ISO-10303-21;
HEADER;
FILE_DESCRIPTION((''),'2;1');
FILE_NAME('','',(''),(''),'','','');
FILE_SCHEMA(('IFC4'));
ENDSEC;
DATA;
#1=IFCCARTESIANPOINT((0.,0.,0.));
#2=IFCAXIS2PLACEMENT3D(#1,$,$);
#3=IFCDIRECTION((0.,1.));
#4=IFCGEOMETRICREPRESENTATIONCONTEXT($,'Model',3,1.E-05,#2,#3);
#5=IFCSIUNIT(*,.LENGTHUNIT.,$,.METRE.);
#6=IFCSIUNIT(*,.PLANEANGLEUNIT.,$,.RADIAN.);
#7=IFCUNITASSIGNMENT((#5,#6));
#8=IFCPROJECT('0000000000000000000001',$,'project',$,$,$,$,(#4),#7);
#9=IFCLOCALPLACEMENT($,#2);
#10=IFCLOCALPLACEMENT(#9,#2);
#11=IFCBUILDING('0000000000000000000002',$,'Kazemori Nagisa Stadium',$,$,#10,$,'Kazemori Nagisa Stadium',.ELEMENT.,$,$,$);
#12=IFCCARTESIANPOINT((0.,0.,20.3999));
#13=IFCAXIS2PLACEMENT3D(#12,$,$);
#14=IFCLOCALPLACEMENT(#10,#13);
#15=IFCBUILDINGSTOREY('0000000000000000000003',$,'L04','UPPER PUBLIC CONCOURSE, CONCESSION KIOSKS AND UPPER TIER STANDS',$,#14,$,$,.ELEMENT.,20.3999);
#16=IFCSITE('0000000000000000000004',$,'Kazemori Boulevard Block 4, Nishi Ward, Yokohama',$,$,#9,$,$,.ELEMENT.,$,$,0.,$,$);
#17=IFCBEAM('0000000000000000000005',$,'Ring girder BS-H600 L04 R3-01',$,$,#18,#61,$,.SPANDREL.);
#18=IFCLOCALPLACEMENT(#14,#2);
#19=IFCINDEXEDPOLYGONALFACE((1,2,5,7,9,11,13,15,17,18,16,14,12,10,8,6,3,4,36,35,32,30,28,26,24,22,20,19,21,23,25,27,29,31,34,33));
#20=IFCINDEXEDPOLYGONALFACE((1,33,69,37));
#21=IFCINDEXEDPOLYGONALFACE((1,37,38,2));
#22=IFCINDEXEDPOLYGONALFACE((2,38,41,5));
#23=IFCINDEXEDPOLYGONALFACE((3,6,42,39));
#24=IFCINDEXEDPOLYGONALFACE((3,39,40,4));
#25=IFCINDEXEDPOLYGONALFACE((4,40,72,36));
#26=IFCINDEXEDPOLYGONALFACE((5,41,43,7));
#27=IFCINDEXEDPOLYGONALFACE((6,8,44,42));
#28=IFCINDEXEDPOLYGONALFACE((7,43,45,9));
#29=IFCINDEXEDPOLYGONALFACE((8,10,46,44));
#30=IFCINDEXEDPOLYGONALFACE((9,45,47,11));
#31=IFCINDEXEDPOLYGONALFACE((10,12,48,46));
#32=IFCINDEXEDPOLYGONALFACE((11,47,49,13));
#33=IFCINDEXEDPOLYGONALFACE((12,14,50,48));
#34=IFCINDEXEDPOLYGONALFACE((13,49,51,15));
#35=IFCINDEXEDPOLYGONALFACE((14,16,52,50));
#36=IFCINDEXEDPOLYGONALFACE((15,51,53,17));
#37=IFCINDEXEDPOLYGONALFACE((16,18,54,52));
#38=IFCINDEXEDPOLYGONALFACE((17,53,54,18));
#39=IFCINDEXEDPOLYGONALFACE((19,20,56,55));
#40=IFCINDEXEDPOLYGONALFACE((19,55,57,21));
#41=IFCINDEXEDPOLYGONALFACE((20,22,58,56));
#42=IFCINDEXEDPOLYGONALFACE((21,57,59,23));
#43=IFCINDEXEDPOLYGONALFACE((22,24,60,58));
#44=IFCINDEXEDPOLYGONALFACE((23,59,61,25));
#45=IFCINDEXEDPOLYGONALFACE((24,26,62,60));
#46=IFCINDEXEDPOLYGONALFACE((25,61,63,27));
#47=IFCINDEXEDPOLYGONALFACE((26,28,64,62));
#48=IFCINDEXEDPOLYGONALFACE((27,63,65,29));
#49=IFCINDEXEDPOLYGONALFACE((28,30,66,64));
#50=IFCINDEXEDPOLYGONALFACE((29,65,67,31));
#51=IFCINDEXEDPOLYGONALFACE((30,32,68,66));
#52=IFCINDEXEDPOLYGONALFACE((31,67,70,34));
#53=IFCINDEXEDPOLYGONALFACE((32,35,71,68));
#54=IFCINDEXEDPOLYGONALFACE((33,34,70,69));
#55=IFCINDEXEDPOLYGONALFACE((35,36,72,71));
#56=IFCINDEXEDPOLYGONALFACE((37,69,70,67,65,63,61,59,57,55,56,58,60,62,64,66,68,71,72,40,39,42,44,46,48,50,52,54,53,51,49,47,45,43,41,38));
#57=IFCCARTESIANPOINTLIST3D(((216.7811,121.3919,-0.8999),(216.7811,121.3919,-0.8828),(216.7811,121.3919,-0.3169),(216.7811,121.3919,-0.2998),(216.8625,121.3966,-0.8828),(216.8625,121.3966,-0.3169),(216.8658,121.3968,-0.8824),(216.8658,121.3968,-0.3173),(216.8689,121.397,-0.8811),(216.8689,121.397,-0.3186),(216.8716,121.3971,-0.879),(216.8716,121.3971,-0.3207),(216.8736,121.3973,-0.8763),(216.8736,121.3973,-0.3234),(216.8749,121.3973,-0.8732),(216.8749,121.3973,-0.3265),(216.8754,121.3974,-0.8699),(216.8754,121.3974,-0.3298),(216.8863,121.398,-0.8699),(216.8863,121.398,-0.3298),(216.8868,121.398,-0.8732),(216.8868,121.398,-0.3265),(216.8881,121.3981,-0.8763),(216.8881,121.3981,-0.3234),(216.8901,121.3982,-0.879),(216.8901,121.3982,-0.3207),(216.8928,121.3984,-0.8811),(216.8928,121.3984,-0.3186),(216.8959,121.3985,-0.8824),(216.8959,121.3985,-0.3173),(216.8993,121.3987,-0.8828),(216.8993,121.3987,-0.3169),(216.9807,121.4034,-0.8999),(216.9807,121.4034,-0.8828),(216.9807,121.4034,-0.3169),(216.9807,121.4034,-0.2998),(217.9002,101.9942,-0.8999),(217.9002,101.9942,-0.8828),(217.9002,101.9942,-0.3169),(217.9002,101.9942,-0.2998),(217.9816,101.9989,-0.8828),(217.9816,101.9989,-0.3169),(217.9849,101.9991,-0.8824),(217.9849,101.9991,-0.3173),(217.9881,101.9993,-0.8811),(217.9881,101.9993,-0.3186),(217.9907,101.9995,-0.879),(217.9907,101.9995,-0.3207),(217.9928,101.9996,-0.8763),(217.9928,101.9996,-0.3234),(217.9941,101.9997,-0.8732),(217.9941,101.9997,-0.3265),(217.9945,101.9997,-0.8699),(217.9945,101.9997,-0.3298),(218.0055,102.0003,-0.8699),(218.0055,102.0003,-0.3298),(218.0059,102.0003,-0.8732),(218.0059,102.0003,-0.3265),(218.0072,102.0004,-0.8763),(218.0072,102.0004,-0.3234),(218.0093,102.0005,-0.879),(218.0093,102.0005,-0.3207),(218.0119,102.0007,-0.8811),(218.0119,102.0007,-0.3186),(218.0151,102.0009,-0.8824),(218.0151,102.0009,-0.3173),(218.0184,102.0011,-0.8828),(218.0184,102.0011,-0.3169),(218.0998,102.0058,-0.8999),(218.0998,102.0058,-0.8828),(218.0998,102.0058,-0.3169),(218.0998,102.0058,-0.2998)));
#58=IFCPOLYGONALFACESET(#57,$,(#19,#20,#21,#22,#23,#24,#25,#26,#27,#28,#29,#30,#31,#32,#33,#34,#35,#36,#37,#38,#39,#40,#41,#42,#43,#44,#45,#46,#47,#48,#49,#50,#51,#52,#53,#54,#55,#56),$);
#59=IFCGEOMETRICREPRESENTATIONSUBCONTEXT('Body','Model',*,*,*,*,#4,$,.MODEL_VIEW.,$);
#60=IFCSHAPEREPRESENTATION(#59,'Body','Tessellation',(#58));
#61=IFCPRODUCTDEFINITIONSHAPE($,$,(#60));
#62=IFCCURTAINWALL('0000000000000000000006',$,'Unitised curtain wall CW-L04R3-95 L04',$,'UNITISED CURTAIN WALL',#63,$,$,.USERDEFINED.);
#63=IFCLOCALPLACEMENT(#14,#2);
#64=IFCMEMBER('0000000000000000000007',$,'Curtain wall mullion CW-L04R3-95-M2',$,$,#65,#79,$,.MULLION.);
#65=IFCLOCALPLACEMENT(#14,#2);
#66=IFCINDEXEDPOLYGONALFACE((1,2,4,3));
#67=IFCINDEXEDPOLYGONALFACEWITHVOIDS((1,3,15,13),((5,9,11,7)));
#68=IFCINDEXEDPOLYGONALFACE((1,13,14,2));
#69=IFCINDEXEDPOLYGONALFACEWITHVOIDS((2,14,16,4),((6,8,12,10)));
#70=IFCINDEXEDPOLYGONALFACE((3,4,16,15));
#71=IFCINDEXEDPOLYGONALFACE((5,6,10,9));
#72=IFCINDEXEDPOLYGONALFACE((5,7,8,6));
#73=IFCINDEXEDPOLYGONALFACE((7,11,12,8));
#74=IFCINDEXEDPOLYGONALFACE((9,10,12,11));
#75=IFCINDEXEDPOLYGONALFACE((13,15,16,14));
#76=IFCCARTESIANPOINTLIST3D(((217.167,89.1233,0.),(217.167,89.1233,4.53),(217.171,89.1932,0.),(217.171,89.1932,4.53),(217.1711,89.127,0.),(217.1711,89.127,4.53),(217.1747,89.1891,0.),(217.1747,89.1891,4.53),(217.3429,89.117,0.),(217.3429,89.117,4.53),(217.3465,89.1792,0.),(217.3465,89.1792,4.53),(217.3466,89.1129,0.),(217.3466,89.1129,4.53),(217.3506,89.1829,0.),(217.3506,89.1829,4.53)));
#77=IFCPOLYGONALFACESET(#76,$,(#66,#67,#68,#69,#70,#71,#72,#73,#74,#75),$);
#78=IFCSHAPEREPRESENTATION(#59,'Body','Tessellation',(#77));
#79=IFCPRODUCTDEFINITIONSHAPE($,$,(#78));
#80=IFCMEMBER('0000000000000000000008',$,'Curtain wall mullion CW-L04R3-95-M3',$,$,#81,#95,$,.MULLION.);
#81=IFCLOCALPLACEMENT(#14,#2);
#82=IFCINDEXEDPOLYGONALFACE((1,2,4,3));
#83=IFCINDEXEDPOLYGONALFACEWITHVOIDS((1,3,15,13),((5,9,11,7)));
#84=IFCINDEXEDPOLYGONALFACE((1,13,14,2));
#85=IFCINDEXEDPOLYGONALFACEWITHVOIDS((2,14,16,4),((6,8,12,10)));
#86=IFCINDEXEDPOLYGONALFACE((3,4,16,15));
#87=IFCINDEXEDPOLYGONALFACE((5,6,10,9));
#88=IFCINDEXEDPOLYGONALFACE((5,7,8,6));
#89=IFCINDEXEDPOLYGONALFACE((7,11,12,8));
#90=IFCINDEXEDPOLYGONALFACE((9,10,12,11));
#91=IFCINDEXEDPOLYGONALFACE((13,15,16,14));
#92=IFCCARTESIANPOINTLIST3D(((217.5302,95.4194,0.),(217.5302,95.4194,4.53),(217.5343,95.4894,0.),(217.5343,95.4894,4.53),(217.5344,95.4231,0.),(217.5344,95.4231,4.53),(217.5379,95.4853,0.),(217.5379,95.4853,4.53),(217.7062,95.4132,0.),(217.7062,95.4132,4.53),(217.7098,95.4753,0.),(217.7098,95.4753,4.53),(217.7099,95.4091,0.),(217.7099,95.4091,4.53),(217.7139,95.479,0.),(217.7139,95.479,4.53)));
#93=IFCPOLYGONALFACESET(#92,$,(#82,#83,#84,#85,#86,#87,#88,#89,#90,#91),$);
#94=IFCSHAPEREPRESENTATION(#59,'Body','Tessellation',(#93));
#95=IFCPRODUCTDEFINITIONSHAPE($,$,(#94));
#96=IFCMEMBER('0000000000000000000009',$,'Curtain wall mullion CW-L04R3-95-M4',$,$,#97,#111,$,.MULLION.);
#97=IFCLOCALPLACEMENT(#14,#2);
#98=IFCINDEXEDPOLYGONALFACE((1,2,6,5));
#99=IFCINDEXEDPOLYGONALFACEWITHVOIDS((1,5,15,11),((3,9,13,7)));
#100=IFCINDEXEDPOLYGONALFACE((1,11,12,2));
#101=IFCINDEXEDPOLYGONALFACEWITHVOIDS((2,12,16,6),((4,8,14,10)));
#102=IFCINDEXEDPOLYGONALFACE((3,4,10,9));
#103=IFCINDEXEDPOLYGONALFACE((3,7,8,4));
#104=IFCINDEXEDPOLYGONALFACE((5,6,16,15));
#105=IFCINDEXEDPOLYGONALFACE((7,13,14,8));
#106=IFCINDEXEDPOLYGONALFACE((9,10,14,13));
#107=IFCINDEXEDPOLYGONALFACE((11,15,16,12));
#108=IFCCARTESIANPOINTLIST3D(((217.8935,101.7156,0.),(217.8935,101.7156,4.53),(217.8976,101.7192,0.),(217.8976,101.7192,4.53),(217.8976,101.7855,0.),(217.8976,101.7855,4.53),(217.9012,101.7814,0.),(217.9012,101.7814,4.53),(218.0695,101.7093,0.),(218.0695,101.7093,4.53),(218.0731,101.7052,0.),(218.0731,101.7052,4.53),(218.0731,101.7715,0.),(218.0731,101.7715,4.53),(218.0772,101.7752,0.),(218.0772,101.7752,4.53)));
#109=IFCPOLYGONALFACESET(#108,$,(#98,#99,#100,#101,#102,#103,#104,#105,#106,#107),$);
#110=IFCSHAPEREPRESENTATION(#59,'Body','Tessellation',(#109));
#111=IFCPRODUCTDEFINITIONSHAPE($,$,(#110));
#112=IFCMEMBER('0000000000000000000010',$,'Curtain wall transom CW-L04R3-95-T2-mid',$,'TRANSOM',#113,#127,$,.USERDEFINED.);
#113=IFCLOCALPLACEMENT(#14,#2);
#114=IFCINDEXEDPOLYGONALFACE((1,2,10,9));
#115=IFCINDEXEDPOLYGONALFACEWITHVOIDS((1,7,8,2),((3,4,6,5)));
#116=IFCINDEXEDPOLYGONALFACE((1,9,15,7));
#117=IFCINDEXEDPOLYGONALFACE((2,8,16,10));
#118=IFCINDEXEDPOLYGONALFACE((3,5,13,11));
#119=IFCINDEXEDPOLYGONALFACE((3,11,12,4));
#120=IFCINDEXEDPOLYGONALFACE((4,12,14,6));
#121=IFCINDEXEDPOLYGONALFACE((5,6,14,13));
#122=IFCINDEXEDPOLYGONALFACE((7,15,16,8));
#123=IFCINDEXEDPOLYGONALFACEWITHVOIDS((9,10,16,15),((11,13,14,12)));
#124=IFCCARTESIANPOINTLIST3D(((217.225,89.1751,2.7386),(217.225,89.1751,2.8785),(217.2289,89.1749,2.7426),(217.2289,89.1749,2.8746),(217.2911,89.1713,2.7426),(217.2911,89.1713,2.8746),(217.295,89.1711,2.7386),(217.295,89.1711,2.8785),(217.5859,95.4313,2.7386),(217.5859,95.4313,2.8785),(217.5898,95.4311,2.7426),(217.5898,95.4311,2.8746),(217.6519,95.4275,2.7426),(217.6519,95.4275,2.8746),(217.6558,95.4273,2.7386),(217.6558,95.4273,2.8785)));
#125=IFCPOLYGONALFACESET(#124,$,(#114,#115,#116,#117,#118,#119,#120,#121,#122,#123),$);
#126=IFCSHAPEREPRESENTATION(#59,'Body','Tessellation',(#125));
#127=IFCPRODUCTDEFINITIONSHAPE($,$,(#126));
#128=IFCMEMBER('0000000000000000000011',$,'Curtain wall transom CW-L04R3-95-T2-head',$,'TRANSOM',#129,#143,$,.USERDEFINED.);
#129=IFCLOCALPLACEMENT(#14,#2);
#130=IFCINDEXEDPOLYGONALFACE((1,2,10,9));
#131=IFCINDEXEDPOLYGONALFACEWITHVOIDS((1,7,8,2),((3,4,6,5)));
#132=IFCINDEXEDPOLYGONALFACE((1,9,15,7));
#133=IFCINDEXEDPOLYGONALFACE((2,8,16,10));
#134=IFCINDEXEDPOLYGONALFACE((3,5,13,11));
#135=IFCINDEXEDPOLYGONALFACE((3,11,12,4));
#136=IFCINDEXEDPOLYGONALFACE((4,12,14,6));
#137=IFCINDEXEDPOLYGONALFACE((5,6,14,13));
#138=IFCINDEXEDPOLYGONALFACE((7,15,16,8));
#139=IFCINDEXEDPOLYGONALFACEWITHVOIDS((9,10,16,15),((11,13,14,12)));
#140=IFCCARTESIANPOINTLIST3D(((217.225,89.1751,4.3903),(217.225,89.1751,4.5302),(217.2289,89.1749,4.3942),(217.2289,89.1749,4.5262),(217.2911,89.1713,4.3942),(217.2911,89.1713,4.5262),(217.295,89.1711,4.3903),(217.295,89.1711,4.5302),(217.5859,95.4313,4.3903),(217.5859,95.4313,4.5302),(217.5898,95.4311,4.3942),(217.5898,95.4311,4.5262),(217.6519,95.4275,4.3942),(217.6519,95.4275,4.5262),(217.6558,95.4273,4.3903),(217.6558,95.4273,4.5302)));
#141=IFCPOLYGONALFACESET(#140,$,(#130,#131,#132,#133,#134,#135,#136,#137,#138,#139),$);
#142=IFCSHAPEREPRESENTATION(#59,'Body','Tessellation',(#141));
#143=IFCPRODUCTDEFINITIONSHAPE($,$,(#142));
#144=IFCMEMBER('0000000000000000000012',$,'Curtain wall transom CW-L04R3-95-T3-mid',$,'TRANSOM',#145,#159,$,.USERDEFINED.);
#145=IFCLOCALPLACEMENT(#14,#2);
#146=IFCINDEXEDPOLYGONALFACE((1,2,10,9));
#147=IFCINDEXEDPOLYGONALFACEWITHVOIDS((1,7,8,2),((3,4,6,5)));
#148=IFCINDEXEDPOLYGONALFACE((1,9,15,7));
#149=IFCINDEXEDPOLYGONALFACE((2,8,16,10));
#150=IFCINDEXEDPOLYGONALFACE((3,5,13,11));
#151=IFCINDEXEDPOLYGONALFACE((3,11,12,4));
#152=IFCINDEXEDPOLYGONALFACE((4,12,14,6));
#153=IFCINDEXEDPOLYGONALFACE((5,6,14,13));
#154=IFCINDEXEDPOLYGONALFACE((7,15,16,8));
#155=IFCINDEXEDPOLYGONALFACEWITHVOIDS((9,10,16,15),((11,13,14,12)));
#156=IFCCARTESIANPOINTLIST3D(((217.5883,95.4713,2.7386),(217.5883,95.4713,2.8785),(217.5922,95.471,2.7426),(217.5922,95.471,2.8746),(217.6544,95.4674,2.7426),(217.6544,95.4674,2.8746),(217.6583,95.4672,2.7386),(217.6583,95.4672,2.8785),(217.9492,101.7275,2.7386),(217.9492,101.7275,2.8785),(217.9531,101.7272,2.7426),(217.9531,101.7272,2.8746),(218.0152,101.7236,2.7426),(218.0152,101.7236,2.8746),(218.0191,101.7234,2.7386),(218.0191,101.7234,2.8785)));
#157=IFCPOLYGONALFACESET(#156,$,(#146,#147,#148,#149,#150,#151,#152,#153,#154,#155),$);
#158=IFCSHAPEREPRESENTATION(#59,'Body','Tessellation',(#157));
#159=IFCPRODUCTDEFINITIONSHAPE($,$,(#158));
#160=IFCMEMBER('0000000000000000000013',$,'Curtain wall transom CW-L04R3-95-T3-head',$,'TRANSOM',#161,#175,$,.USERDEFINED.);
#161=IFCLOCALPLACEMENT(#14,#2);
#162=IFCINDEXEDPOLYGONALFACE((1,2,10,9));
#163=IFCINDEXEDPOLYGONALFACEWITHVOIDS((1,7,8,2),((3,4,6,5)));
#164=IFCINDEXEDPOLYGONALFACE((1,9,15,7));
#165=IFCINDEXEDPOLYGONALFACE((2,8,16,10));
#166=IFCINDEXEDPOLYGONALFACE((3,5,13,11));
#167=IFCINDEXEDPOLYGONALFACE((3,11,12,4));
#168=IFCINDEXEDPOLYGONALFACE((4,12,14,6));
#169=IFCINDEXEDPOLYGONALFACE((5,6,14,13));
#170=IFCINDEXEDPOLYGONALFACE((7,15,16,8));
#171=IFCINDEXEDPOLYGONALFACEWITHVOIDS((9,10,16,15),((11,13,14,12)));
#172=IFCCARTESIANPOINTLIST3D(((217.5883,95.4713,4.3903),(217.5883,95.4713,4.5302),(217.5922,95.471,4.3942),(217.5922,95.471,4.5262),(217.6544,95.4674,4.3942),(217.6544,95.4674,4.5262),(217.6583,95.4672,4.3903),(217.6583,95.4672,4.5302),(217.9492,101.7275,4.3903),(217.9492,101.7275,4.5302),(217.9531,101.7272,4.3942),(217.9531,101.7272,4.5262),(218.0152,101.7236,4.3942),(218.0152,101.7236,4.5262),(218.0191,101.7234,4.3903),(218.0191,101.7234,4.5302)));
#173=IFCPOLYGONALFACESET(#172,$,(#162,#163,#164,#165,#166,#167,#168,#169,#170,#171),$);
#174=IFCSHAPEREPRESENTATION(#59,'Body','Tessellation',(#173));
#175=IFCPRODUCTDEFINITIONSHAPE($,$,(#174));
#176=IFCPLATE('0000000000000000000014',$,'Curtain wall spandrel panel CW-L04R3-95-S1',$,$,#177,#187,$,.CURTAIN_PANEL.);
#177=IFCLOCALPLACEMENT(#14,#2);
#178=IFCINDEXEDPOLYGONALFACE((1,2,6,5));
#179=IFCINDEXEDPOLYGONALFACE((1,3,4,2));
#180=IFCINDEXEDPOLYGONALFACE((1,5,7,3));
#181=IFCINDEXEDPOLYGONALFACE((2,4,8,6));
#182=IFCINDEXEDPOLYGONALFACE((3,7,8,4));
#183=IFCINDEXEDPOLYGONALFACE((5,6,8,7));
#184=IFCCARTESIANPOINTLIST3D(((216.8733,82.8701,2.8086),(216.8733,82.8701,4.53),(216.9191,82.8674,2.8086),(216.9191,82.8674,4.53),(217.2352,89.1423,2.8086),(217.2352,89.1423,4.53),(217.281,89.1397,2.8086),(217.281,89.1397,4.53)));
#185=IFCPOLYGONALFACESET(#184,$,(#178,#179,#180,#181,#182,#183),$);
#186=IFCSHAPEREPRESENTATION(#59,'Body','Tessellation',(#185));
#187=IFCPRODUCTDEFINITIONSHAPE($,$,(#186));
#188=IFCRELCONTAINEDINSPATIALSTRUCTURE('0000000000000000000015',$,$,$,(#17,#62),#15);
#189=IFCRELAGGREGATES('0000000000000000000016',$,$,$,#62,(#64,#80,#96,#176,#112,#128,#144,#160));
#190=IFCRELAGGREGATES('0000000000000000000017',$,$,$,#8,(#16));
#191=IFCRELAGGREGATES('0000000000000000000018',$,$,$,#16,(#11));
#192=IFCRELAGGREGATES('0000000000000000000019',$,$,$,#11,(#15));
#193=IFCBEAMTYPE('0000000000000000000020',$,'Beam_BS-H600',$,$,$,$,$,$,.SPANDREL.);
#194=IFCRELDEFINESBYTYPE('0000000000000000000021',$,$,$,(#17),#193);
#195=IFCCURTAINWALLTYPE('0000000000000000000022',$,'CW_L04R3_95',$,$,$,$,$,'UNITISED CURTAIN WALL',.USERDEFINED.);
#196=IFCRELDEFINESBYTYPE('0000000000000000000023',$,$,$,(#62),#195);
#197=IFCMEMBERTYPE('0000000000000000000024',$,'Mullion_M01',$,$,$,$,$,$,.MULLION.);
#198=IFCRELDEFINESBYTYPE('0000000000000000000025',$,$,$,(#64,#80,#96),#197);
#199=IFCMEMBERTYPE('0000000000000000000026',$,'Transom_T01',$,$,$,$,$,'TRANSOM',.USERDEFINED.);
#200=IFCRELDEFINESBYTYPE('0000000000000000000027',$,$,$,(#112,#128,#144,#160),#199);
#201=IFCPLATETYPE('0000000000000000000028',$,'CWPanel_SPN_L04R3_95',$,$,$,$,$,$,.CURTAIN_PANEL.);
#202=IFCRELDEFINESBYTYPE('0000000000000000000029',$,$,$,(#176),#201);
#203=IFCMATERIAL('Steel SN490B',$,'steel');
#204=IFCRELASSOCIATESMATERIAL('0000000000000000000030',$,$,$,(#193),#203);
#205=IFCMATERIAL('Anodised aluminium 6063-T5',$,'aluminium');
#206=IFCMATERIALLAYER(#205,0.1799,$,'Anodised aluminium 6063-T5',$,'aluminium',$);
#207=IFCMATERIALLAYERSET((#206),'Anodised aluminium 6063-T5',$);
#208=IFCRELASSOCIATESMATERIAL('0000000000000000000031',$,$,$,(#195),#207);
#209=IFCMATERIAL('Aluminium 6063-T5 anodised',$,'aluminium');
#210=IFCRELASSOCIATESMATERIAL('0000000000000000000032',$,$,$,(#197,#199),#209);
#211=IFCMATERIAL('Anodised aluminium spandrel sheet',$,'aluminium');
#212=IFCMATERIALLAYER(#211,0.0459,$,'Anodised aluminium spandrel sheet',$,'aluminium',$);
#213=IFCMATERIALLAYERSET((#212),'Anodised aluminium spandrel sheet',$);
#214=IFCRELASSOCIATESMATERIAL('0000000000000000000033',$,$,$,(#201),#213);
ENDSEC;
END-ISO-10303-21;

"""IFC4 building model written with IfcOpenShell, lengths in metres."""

from ifc_helpers import new_model, si_unit, direction, frame, origin, origin_2d, place, context, subcontext, project, spatial, rectangle, hollow_rectangle, i_section, extrude, material, layer, layer_set, material_profile, profile_set, type_object, element, aggregate, save


model = new_model("IFC4")

# Units and contexts
model_context = context("Model", 3, precision=1e-05, world=origin(), true_north=direction((0.0, 1.0)))
body_context = subcontext(model_context, "Body", "Model", "MODEL_VIEW")
ifc_project = project(units=[si_unit("LENGTHUNIT", "METRE"), si_unit("PLANEANGLEUNIT", "RADIAN")], contexts=[model_context])

# Site, building, storey
site_placement = place(None, origin())
site = spatial("IfcSite", under=ifc_project, at=site_placement, Name="Kazemori Boulevard Block 4, Nishi Ward, Yokohama", CompositionType="ELEMENT", RefElevation=0.0)
building_placement = place(site_placement, origin())
building = spatial("IfcBuilding", under=site, at=building_placement, Name="Kazemori Nagisa Stadium", LongName="Kazemori Nagisa Stadium", CompositionType="ELEMENT")
storey_placement = place(building_placement, frame((0.0, 0.0, 20.3999)))
storey = spatial("IfcBuildingStorey", under=building, at=storey_placement, Name="L04", Description="UPPER PUBLIC CONCOURSE, CONCESSION KIOSKS AND UPPER TIER STANDS", CompositionType="ELEMENT", Elevation=20.3999)

# Beam
ifc_material_1 = material(Name="Steel SN490B", Category="steel")
ifc_material_profile_1 = material_profile(ifc_material_1, i_section(OverallWidth=0.2, OverallDepth=0.6001, WebThickness=0.011, FlangeThickness=0.0171, FilletRadius=0.0129, at=origin_2d()), Name="H-600x200x11x17")
ifc_profile_set_1 = profile_set([ifc_material_profile_1], Name="Steel SN490B")
beam_type_1 = type_object("IfcBeamType", Name="Beam_BS-H600", PredefinedType="SPANDREL", material=ifc_profile_set_1)
beam_1_placement = place(storey_placement, frame((218.0, 102.0, -0.5999), z_axis=(-0.057599, 0.99834, 0.0), x_axis=(-0.99834, -0.057599, 0.0)))
element("IfcBeam", 1, at=beam_1_placement, inside=storey, type_object=beam_type_1, Name="Ring girder BS-H600 L04 R3-01", PredefinedType="SPANDREL", context=body_context, shape_type="SweptSolid", body=[
    extrude(i_section(OverallWidth=0.2, OverallDepth=0.6001, WebThickness=0.011, FlangeThickness=0.0171, FilletRadius=0.0129, at=origin_2d()), origin(), (0.0, 0.0, 1.0), 19.4299),
])

# Curtain wall, members, plate
ifc_material_2 = material(Name="Anodised aluminium 6063-T5", Category="aluminium")
ifc_layer_1 = layer(ifc_material_2, 0.1799, Name="Anodised aluminium 6063-T5", Category="aluminium")
ifc_layer_set_1 = layer_set([ifc_layer_1], Name="Anodised aluminium 6063-T5")
curtain_wall_type = type_object("IfcCurtainWallType", Name="CW_L04R3_95", ElementType="UNITISED CURTAIN WALL", PredefinedType="USERDEFINED", material=ifc_layer_set_1)
curtain_wall_placement = place(storey_placement, origin())
curtain_wall = element("IfcCurtainWall", 2, at=curtain_wall_placement, inside=storey, type_object=curtain_wall_type, Name="Unitised curtain wall CW-L04R3-95 L04", ObjectType="UNITISED CURTAIN WALL", PredefinedType="USERDEFINED")
ifc_material_3 = material(Name="Aluminium 6063-T5 anodised", Category="aluminium")
ifc_material_profile_2 = material_profile(ifc_material_3, hollow_rectangle(XDim=0.0701, YDim=0.1799, WallThickness=0.0039, at=origin_2d()), Name="ALU-MULL-70x180x4")
ifc_profile_set_2 = profile_set([ifc_material_profile_2], Name="Aluminium 6063-T5 anodised")
member_type_1 = type_object("IfcMemberType", Name="Mullion_M01", PredefinedType="MULLION", material=ifc_profile_set_2)
member_1_placement = place(storey_placement, frame((217.2588, 89.1531, 0.0), z_axis=(0.0, 0.0, 1.0), x_axis=(0.057602, 0.99834, 0.0)))
member_1 = element("IfcMember", 3, at=member_1_placement, type_object=member_type_1, Name="Curtain wall mullion CW-L04R3-95-M2", PredefinedType="MULLION", context=body_context, shape_type="SweptSolid", body=[
    extrude(hollow_rectangle(XDim=0.0701, YDim=0.1799, WallThickness=0.0039, at=origin_2d()), origin(), (0.0, 0.0, 1.0), 4.53),
])
member_2_placement = place(storey_placement, frame((217.6221, 95.4492, 0.0), z_axis=(0.0, 0.0, 1.0), x_axis=(0.057602, 0.99834, 0.0)))
member_2 = element("IfcMember", 4, at=member_2_placement, type_object=member_type_1, Name="Curtain wall mullion CW-L04R3-95-M3", PredefinedType="MULLION", context=body_context, shape_type="SweptSolid", body=[
    extrude(hollow_rectangle(XDim=0.0701, YDim=0.1799, WallThickness=0.0039, at=origin_2d()), origin(), (0.0, 0.0, 1.0), 4.53),
])
member_3_placement = place(storey_placement, frame((217.9854, 101.7454, 0.0), z_axis=(0.0, 0.0, 1.0), x_axis=(0.057602, 0.99834, 0.0)))
member_3 = element("IfcMember", 5, at=member_3_placement, type_object=member_type_1, Name="Curtain wall mullion CW-L04R3-95-M4", PredefinedType="MULLION", context=body_context, shape_type="SweptSolid", body=[
    extrude(hollow_rectangle(XDim=0.0701, YDim=0.1799, WallThickness=0.0039, at=origin_2d()), origin(), (0.0, 0.0, 1.0), 4.53),
])
ifc_material_profile_3 = material_profile(ifc_material_3, hollow_rectangle(XDim=0.0701, YDim=0.1399, WallThickness=0.0039, at=origin_2d()), Name="ALU-TRAN-70x140x4")
ifc_profile_set_3 = profile_set([ifc_material_profile_3], Name="Aluminium 6063-T5 anodised")
member_type_2 = type_object("IfcMemberType", Name="Transom_T01", ElementType="TRANSOM", PredefinedType="USERDEFINED", material=ifc_profile_set_3)
member_4_placement = place(storey_placement, frame((217.26, 89.1731, 2.8086), z_axis=(0.057582, 0.998341, 0.0), x_axis=(-0.998341, 0.057582, 0.0)))
member_4 = element("IfcMember", 6, at=member_4_placement, type_object=member_type_2, Name="Curtain wall transom CW-L04R3-95-T2-mid", ObjectType="TRANSOM", PredefinedType="USERDEFINED", context=body_context, shape_type="SweptSolid", body=[
    extrude(hollow_rectangle(XDim=0.0701, YDim=0.1399, WallThickness=0.0039, at=origin_2d()), origin(), (0.0, 0.0, 1.0), 6.2666),
])
member_5_placement = place(storey_placement, frame((217.26, 89.1731, 4.4602), z_axis=(0.057582, 0.998341, 0.0), x_axis=(-0.998341, 0.057582, 0.0)))
member_5 = element("IfcMember", 7, at=member_5_placement, type_object=member_type_2, Name="Curtain wall transom CW-L04R3-95-T2-head", ObjectType="TRANSOM", PredefinedType="USERDEFINED", context=body_context, shape_type="SweptSolid", body=[
    extrude(hollow_rectangle(XDim=0.0701, YDim=0.1399, WallThickness=0.0039, at=origin_2d()), origin(), (0.0, 0.0, 1.0), 6.2666),
])
member_6_placement = place(storey_placement, frame((217.6233, 95.4692, 2.8086), z_axis=(0.057582, 0.998341, 0.0), x_axis=(-0.998341, 0.057582, 0.0)))
member_6 = element("IfcMember", 8, at=member_6_placement, type_object=member_type_2, Name="Curtain wall transom CW-L04R3-95-T3-mid", ObjectType="TRANSOM", PredefinedType="USERDEFINED", context=body_context, shape_type="SweptSolid", body=[
    extrude(hollow_rectangle(XDim=0.0701, YDim=0.1399, WallThickness=0.0039, at=origin_2d()), origin(), (0.0, 0.0, 1.0), 6.2666),
])
member_7_placement = place(storey_placement, frame((217.6233, 95.4692, 4.4602), z_axis=(0.057582, 0.998341, 0.0), x_axis=(-0.998341, 0.057582, 0.0)))
member_7 = element("IfcMember", 9, at=member_7_placement, type_object=member_type_2, Name="Curtain wall transom CW-L04R3-95-T3-head", ObjectType="TRANSOM", PredefinedType="USERDEFINED", context=body_context, shape_type="SweptSolid", body=[
    extrude(hollow_rectangle(XDim=0.0701, YDim=0.1399, WallThickness=0.0039, at=origin_2d()), origin(), (0.0, 0.0, 1.0), 6.2666),
])
ifc_material_4 = material(Name="Anodised aluminium spandrel sheet", Category="aluminium")
ifc_layer_2 = layer(ifc_material_4, 0.0459, Name="Anodised aluminium spandrel sheet", Category="aluminium")
ifc_layer_set_2 = layer_set([ifc_layer_2], Name="Anodised aluminium spandrel sheet")
plate_type_1 = type_object("IfcPlateType", Name="CWPanel_SPN_L04R3_95", PredefinedType="CURTAIN_PANEL", material=ifc_layer_set_2)
plate_1_placement = place(storey_placement, frame((217.0771, 86.0049, 2.8086), z_axis=(0.0, 0.0, 1.0), x_axis=(0.057602, 0.99834, 0.0)))
plate_1 = element("IfcPlate", 10, at=plate_1_placement, type_object=plate_type_1, Name="Curtain wall spandrel panel CW-L04R3-95-S1", PredefinedType="CURTAIN_PANEL", context=body_context, shape_type="SweptSolid", body=[
    extrude(rectangle(XDim=6.2827, YDim=0.0459, at=origin_2d()), origin(), (0.0, 0.0, 1.0), 1.7214),
])
aggregate(curtain_wall, [member_1, member_2, member_3, plate_1, member_4, member_5, member_6, member_7])

save(model, "model.ifc")
